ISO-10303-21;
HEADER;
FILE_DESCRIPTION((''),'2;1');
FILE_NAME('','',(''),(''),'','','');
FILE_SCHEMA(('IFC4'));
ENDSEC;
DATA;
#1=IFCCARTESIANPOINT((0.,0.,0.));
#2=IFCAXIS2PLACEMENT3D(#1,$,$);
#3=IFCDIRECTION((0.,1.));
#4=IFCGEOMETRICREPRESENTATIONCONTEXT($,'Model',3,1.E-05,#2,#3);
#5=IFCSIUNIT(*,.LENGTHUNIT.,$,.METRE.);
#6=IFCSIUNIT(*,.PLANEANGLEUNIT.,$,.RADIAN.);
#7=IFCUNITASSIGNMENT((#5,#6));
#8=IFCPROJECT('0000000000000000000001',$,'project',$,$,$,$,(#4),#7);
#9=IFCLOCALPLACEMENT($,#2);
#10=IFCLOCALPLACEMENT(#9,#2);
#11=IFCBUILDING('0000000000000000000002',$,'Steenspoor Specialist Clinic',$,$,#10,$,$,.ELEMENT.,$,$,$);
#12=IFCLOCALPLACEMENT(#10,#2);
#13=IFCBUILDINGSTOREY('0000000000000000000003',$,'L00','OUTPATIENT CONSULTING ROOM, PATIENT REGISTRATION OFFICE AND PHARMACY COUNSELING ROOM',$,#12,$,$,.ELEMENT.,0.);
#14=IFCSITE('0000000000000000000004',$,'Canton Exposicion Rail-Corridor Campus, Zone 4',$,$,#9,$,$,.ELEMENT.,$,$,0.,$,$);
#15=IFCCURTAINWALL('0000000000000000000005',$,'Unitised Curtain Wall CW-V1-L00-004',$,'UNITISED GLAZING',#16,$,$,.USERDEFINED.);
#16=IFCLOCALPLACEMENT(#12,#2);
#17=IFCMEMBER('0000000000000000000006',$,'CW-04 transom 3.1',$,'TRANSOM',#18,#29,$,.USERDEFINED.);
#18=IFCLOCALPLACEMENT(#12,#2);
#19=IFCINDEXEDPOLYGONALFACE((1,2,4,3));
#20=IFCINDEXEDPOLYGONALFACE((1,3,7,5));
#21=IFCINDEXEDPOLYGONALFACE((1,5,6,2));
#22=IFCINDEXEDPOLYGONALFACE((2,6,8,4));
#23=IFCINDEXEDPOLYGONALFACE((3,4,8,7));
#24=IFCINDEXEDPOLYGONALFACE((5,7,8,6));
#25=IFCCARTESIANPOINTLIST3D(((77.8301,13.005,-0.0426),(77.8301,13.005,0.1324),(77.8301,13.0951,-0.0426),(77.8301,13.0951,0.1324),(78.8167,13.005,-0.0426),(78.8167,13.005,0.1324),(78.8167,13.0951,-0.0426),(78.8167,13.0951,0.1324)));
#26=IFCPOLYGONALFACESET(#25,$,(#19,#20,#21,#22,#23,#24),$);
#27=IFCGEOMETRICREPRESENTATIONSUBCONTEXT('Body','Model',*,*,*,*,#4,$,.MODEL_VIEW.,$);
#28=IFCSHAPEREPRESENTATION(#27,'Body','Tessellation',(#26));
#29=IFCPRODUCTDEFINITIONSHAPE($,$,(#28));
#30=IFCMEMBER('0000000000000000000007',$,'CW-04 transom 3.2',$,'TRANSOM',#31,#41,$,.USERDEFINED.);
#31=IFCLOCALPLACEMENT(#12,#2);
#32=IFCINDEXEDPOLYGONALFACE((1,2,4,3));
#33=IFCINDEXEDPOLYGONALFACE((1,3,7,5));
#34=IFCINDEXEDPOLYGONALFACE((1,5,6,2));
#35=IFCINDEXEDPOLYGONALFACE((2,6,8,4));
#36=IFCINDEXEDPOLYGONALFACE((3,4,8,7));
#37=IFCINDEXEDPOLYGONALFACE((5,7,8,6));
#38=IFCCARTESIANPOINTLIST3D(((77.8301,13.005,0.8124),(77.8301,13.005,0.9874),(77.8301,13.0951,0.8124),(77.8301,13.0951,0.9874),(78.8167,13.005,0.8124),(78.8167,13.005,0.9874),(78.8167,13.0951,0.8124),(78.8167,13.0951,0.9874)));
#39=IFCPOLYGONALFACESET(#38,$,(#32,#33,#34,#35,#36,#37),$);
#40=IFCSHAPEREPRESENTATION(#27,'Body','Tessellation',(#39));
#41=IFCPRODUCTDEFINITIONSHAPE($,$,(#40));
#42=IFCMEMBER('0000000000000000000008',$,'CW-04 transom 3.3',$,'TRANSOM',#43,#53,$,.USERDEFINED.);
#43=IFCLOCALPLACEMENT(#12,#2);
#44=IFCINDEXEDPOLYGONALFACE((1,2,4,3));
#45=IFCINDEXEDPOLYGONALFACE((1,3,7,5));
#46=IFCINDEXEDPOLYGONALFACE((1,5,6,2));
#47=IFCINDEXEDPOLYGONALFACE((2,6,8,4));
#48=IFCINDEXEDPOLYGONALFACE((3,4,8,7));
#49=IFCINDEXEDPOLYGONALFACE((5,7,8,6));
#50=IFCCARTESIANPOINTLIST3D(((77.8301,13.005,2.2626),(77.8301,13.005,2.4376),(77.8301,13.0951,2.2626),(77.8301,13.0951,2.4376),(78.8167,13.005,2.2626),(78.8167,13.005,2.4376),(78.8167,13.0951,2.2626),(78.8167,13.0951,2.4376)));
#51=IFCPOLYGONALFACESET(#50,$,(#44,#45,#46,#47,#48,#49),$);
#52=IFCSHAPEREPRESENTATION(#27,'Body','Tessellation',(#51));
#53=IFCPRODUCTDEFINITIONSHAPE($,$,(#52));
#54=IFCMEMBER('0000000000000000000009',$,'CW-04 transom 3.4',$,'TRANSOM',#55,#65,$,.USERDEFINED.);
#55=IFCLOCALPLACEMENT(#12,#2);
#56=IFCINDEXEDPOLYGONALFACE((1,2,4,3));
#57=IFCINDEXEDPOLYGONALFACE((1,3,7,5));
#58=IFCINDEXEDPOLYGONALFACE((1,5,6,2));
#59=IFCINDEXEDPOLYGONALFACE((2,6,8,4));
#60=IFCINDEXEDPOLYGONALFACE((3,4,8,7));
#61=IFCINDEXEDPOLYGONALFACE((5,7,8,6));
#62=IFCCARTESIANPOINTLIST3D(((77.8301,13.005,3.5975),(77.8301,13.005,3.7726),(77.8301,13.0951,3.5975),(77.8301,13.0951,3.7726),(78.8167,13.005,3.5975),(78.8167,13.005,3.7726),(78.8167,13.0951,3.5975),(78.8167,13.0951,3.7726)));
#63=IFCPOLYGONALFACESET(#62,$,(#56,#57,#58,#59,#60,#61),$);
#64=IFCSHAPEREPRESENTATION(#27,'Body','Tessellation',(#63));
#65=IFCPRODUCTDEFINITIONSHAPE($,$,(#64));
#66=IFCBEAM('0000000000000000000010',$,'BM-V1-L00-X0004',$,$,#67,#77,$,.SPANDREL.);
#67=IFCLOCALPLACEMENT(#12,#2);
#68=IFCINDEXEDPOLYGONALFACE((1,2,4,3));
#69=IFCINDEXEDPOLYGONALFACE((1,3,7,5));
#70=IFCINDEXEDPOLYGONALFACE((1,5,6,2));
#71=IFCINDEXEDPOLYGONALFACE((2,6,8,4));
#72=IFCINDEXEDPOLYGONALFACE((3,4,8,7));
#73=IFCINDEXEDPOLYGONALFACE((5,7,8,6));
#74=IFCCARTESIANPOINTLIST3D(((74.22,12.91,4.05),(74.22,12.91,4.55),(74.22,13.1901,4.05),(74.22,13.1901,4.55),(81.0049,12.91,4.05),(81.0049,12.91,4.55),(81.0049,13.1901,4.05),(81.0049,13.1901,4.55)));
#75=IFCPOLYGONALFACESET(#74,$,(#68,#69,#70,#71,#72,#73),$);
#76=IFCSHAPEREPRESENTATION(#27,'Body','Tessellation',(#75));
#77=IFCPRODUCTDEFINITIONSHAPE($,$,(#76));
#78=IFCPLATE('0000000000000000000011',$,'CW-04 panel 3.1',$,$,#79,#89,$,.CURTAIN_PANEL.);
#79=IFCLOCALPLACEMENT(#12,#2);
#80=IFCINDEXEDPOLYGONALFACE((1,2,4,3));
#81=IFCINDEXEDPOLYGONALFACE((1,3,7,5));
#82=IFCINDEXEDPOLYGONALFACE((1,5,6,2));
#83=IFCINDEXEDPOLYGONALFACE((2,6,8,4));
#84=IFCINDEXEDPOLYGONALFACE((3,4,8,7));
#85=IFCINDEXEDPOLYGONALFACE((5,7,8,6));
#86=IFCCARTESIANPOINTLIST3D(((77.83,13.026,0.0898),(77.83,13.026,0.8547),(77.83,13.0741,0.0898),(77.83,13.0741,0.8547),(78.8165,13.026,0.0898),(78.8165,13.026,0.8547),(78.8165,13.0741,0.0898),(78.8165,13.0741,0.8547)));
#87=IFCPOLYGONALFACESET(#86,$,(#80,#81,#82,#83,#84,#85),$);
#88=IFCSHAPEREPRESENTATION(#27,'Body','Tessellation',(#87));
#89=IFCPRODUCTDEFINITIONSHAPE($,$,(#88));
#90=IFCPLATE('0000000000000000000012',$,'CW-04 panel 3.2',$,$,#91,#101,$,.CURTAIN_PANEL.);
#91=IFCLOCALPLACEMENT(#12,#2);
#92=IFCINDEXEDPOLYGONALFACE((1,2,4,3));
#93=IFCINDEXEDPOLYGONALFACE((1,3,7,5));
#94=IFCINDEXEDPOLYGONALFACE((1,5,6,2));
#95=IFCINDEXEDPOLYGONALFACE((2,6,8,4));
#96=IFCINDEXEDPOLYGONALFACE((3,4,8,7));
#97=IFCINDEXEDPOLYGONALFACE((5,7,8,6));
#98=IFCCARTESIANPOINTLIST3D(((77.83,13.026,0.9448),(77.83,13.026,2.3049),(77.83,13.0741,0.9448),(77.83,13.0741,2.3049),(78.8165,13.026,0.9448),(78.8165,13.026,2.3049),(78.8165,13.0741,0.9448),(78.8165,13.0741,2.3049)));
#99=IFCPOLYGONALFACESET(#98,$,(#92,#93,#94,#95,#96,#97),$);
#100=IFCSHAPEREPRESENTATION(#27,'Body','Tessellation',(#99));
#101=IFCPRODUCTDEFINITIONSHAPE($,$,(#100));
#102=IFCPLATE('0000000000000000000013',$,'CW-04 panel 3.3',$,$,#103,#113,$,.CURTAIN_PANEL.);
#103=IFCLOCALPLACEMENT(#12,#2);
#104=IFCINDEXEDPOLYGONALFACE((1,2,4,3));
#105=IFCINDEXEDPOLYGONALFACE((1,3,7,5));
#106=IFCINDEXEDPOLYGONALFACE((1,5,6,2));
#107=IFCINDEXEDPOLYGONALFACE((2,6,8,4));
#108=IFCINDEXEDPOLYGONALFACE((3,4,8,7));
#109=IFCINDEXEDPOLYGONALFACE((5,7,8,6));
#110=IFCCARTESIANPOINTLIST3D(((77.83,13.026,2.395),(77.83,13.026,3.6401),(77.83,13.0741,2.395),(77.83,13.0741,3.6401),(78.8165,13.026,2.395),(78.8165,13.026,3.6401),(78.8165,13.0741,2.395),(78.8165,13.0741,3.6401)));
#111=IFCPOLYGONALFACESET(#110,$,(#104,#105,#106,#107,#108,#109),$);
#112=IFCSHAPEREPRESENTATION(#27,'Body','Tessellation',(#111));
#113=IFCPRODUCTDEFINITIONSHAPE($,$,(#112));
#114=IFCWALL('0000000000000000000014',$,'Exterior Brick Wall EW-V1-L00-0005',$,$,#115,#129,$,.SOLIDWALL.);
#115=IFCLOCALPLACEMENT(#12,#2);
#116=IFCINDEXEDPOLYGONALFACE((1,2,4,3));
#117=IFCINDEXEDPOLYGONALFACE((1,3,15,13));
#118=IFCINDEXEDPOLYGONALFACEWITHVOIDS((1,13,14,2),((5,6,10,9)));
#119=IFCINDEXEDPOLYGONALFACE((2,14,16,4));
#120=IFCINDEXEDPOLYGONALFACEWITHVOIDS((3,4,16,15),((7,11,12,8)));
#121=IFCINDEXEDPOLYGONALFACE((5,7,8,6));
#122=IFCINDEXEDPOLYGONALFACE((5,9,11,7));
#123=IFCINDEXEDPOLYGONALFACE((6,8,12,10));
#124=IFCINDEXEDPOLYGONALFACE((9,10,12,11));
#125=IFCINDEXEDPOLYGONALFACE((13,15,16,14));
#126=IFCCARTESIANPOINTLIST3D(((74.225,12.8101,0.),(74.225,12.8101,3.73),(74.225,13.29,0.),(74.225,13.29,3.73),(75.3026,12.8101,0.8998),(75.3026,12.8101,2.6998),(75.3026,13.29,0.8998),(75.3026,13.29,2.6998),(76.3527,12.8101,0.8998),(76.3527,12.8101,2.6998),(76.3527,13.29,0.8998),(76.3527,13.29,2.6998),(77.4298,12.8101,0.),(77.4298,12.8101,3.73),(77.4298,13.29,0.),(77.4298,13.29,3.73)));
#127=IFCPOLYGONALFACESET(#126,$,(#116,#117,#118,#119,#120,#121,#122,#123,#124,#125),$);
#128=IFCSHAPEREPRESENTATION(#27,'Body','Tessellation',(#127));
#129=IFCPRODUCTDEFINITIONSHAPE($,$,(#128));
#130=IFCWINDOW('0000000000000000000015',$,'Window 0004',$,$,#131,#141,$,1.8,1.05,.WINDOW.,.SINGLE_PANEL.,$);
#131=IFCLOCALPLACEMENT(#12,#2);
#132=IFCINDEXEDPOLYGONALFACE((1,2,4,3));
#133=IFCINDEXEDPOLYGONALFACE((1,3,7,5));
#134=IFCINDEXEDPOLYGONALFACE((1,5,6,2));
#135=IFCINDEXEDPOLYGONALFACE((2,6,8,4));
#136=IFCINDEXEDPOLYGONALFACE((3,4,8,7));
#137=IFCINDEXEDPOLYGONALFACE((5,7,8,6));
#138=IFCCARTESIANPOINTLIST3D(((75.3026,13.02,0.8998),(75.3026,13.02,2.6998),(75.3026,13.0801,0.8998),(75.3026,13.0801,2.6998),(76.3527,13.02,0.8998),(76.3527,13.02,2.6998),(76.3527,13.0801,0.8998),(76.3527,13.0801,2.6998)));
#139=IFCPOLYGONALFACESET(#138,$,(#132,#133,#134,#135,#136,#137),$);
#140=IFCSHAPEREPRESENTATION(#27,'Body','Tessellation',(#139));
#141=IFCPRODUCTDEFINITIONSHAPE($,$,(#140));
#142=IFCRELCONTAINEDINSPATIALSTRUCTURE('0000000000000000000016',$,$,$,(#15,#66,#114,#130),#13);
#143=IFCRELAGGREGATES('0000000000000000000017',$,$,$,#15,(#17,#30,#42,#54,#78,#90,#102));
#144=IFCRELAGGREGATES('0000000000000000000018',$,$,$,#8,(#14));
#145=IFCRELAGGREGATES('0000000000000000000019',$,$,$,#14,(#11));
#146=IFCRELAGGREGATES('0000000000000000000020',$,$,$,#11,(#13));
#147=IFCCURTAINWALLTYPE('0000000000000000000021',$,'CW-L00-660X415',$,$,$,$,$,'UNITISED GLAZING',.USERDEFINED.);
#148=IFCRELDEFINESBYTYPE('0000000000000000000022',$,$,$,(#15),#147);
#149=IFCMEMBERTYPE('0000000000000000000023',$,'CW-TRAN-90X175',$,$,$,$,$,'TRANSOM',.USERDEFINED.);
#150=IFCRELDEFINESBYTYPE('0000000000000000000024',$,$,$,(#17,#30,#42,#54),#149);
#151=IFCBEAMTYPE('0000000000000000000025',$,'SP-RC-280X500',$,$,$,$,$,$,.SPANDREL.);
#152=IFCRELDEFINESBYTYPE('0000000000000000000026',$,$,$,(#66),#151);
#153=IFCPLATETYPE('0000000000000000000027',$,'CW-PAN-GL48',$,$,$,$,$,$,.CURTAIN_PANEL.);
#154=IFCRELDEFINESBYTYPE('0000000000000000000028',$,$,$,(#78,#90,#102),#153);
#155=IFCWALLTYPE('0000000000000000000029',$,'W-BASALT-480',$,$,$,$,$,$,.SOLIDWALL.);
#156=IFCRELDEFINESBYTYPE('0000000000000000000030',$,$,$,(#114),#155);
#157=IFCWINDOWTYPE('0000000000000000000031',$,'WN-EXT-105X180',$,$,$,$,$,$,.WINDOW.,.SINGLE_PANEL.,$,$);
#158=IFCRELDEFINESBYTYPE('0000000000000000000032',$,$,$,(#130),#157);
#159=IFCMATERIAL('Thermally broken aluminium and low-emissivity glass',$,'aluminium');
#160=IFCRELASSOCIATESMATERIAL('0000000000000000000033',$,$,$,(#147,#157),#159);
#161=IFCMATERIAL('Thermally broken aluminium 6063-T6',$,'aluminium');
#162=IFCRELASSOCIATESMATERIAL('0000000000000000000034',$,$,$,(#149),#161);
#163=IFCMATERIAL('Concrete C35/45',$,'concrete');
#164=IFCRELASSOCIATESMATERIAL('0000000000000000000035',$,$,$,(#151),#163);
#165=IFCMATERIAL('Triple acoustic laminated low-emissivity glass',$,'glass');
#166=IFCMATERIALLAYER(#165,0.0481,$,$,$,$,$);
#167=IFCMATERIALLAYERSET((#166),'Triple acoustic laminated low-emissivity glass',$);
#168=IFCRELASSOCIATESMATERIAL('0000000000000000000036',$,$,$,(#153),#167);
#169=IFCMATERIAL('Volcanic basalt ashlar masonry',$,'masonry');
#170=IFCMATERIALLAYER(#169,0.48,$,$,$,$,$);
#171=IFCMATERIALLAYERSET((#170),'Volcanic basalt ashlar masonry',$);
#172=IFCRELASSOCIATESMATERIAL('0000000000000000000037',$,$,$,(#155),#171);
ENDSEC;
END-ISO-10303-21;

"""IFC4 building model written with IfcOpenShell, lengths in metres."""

from ifc_helpers import new_model, si_unit, direction, frame, frame_2d, origin, origin_2d, place, context, subcontext, project, spatial, rectangle, extrude, material, layer, layer_set, material_profile, profile_set, type_object, element, fill, aggregate, save


model = new_model("IFC4")

# Units and contexts
model_context = context("Model", 3, precision=1e-05, world=origin(), true_north=direction((0.0, 1.0)))
body_context = subcontext(model_context, "Body", "Model", "MODEL_VIEW")
ifc_project = project(units=[si_unit("LENGTHUNIT", "METRE"), si_unit("PLANEANGLEUNIT", "RADIAN")], contexts=[model_context])

# Site, building, storey
site_placement = place(None, origin())
site = spatial("IfcSite", under=ifc_project, at=site_placement, Name="Canton Exposicion Rail-Corridor Campus, Zone 4", CompositionType="ELEMENT", RefElevation=0.0)
building_placement = place(site_placement, origin())
building = spatial("IfcBuilding", under=site, at=building_placement, Name="Steenspoor Specialist Clinic", CompositionType="ELEMENT")
storey_placement = place(building_placement, origin())
storey = spatial("IfcBuildingStorey", under=building, at=storey_placement, Name="L00", Description="OUTPATIENT CONSULTING ROOM, PATIENT REGISTRATION OFFICE AND PHARMACY COUNSELING ROOM", CompositionType="ELEMENT", Elevation=0.0)

# Shared definitions
ifc_material_1 = material(Name="Concrete C35/45", Category="concrete")

# Curtain wall
ifc_material_2 = material(Name="Thermally broken aluminium and low-emissivity glass", Category="aluminium")
curtain_wall_type_1 = type_object("IfcCurtainWallType", Name="CW-L00-660X415", ElementType="UNITISED GLAZING", PredefinedType="USERDEFINED", material=ifc_material_2)
curtain_wall_1_placement = place(storey_placement, origin())
curtain_wall_1 = element("IfcCurtainWall", 1, at=curtain_wall_1_placement, inside=storey, type_object=curtain_wall_type_1, Name="Unitised Curtain Wall CW-V1-L00-004", ObjectType="UNITISED GLAZING", PredefinedType="USERDEFINED")
ifc_material_3 = material(Name="Thermally broken aluminium 6063-T6", Category="aluminium")

# Members
ifc_material_profile_1 = material_profile(ifc_material_3, rectangle(XDim=0.0901, YDim=0.175, at=origin_2d()), Name="CWT-90X175")
ifc_profile_set_1 = profile_set([ifc_material_profile_1], Name="Thermally broken aluminium 6063-T6")
member_type_1 = type_object("IfcMemberType", Name="CW-TRAN-90X175", ElementType="TRANSOM", PredefinedType="USERDEFINED", material=ifc_profile_set_1)
member_1_placement = place(storey_placement, frame((78.8167, 13.05, 0.0449), z_axis=(-1.0, 0.0, 0.0), x_axis=(0.0, -1.0, 0.0)))
member_1 = element("IfcMember", 2, at=member_1_placement, type_object=member_type_1, Name="CW-04 transom 3.1", ObjectType="TRANSOM", PredefinedType="USERDEFINED", context=body_context, shape_type="SweptSolid", body=[
    extrude(rectangle(XDim=0.0901, YDim=0.175, at=origin_2d()), origin(), (0.0, 0.0, 1.0), 0.9866),
])
member_2_placement = place(storey_placement, frame((78.8167, 13.05, 0.8999), z_axis=(-1.0, 0.0, 0.0), x_axis=(0.0, -1.0, 0.0)))
member_2 = element("IfcMember", 3, at=member_2_placement, type_object=member_type_1, Name="CW-04 transom 3.2", ObjectType="TRANSOM", PredefinedType="USERDEFINED", context=body_context, shape_type="SweptSolid", body=[
    extrude(rectangle(XDim=0.0901, YDim=0.175, at=origin_2d()), origin(), (0.0, 0.0, 1.0), 0.9866),
])
member_3_placement = place(storey_placement, frame((78.8167, 13.05, 2.3501), z_axis=(-1.0, 0.0, 0.0), x_axis=(0.0, -1.0, 0.0)))
member_3 = element("IfcMember", 4, at=member_3_placement, type_object=member_type_1, Name="CW-04 transom 3.3", ObjectType="TRANSOM", PredefinedType="USERDEFINED", context=body_context, shape_type="SweptSolid", body=[
    extrude(rectangle(XDim=0.0901, YDim=0.175, at=origin_2d()), origin(), (0.0, 0.0, 1.0), 0.9866),
])
member_4_placement = place(storey_placement, frame((78.8167, 13.05, 3.6851), z_axis=(-1.0, 0.0, 0.0), x_axis=(0.0, -1.0, 0.0)))
member_4 = element("IfcMember", 5, at=member_4_placement, type_object=member_type_1, Name="CW-04 transom 3.4", ObjectType="TRANSOM", PredefinedType="USERDEFINED", context=body_context, shape_type="SweptSolid", body=[
    extrude(rectangle(XDim=0.0901, YDim=0.175, at=origin_2d()), origin(), (0.0, 0.0, 1.0), 0.9866),
])

# Beam
ifc_material_profile_2 = material_profile(ifc_material_1, rectangle(XDim=0.28, YDim=0.5, at=origin_2d()), Name="RC-SP-280X500")
ifc_profile_set_2 = profile_set([ifc_material_profile_2], Name="Concrete C35/45")
beam_type = type_object("IfcBeamType", Name="SP-RC-280X500", PredefinedType="SPANDREL", material=ifc_profile_set_2)
beam_placement = place(storey_placement, frame((74.22, 13.05, 4.3), z_axis=(1.0, 0.0, 0.0), x_axis=(0.0, 1.0, 0.0)))
element("IfcBeam", 6, at=beam_placement, inside=storey, type_object=beam_type, Name="BM-V1-L00-X0004", PredefinedType="SPANDREL", context=body_context, shape_type="SweptSolid", body=[
    extrude(rectangle(XDim=0.28, YDim=0.5, at=origin_2d()), origin(), (0.0, 0.0, 1.0), 6.7849),
])

# Plates
ifc_material_4 = material(Name="Triple acoustic laminated low-emissivity glass", Category="glass")
ifc_layer_1 = layer(ifc_material_4, 0.0481)
ifc_layer_set_1 = layer_set([ifc_layer_1], Name="Triple acoustic laminated low-emissivity glass")
plate_type = type_object("IfcPlateType", Name="CW-PAN-GL48", PredefinedType="CURTAIN_PANEL", material=ifc_layer_set_1)
plate_1_placement = place(storey_placement, frame((78.3232, 13.05, 0.0898), z_axis=(0.0, 0.0, 1.0), x_axis=(-1.0, 0.0, 0.0)))
plate_1 = element("IfcPlate", 7, at=plate_1_placement, type_object=plate_type, Name="CW-04 panel 3.1", PredefinedType="CURTAIN_PANEL", context=body_context, shape_type="SweptSolid", body=[
    extrude(rectangle(XDim=0.9866, YDim=0.0481, at=origin_2d()), origin(), (0.0, 0.0, 1.0), 0.7649),
])
plate_2_placement = place(storey_placement, frame((78.3232, 13.05, 0.9448), z_axis=(0.0, 0.0, 1.0), x_axis=(-1.0, 0.0, 0.0)))
plate_2 = element("IfcPlate", 8, at=plate_2_placement, type_object=plate_type, Name="CW-04 panel 3.2", PredefinedType="CURTAIN_PANEL", context=body_context, shape_type="SweptSolid", body=[
    extrude(rectangle(XDim=0.9866, YDim=0.0481, at=origin_2d()), origin(), (0.0, 0.0, 1.0), 1.3601),
])
plate_3_placement = place(storey_placement, frame((78.3232, 13.05, 2.395), z_axis=(0.0, 0.0, 1.0), x_axis=(-1.0, 0.0, 0.0)))
plate_3 = element("IfcPlate", 9, at=plate_3_placement, type_object=plate_type, Name="CW-04 panel 3.3", PredefinedType="CURTAIN_PANEL", context=body_context, shape_type="SweptSolid", body=[
    extrude(rectangle(XDim=0.9866, YDim=0.0481, at=origin_2d()), origin(), (0.0, 0.0, 1.0), 1.2451),
])
aggregate(curtain_wall_1, [member_1, member_2, member_3, member_4, plate_1, plate_2, plate_3])

# Wall, opening, window
ifc_material_5 = material(Name="Volcanic basalt ashlar masonry", Category="masonry")
ifc_layer_2 = layer(ifc_material_5, 0.48)
ifc_layer_set_2 = layer_set([ifc_layer_2], Name="Volcanic basalt ashlar masonry")
wall_type = type_object("IfcWallType", Name="W-BASALT-480", PredefinedType="SOLIDWALL", material=ifc_layer_set_2)
wall_placement = place(storey_placement, frame((77.4299, 13.05, 0.0), z_axis=(0.0, 0.0, 1.0), x_axis=(-1.0, 0.0, 0.0)))
wall = element("IfcWall", 10, at=wall_placement, inside=storey, type_object=wall_type, Name="Exterior Brick Wall EW-V1-L00-0005", PredefinedType="SOLIDWALL", context=body_context, shape_type="SweptSolid", body=[
    extrude(rectangle(XDim=3.2048, YDim=0.48, at=frame_2d((1.6025, 0.0))), origin(), (0.0, 0.0, 1.0), 3.73),
])
opening_placement = place(wall_placement, frame((1.0774, 0.0, 0.8999)))
opening = element("IfcOpeningElement", 11, at=opening_placement, cuts=wall, PredefinedType="OPENING", context=body_context, shape_type="SweptSolid", body=[
    extrude(rectangle(XDim=1.05, YDim=1.8, at=frame_2d((0.5249, 0.8999))), frame((0.0, 0.25, 0.0), z_axis=(0.0, -1.0, 0.0), x_axis=(1.0, 0.0, 0.0)), (0.0, 0.0, 1.0), 0.5),
])
window_type = type_object("IfcWindowType", Name="WN-EXT-105X180", PartitioningType="SINGLE_PANEL", PredefinedType="WINDOW", material=ifc_material_2)
window_placement = place(opening_placement, origin())
window = element("IfcWindow", 12, at=window_placement, inside=storey, type_object=window_type, Name="Window 0004", OverallHeight=1.8, OverallWidth=1.05, PartitioningType="SINGLE_PANEL", PredefinedType="WINDOW", context=body_context, shape_type="SweptSolid", body=[
    extrude(rectangle(XDim=1.05, YDim=1.8, at=frame_2d((0.5249, 0.8999))), frame((0.0, 0.03, 0.0), z_axis=(0.0, -1.0, 0.0), x_axis=(1.0, 0.0, 0.0)), (0.0, 0.0, 1.0), 0.0601),
])
fill(opening, window)

save(model, "model.ifc")
